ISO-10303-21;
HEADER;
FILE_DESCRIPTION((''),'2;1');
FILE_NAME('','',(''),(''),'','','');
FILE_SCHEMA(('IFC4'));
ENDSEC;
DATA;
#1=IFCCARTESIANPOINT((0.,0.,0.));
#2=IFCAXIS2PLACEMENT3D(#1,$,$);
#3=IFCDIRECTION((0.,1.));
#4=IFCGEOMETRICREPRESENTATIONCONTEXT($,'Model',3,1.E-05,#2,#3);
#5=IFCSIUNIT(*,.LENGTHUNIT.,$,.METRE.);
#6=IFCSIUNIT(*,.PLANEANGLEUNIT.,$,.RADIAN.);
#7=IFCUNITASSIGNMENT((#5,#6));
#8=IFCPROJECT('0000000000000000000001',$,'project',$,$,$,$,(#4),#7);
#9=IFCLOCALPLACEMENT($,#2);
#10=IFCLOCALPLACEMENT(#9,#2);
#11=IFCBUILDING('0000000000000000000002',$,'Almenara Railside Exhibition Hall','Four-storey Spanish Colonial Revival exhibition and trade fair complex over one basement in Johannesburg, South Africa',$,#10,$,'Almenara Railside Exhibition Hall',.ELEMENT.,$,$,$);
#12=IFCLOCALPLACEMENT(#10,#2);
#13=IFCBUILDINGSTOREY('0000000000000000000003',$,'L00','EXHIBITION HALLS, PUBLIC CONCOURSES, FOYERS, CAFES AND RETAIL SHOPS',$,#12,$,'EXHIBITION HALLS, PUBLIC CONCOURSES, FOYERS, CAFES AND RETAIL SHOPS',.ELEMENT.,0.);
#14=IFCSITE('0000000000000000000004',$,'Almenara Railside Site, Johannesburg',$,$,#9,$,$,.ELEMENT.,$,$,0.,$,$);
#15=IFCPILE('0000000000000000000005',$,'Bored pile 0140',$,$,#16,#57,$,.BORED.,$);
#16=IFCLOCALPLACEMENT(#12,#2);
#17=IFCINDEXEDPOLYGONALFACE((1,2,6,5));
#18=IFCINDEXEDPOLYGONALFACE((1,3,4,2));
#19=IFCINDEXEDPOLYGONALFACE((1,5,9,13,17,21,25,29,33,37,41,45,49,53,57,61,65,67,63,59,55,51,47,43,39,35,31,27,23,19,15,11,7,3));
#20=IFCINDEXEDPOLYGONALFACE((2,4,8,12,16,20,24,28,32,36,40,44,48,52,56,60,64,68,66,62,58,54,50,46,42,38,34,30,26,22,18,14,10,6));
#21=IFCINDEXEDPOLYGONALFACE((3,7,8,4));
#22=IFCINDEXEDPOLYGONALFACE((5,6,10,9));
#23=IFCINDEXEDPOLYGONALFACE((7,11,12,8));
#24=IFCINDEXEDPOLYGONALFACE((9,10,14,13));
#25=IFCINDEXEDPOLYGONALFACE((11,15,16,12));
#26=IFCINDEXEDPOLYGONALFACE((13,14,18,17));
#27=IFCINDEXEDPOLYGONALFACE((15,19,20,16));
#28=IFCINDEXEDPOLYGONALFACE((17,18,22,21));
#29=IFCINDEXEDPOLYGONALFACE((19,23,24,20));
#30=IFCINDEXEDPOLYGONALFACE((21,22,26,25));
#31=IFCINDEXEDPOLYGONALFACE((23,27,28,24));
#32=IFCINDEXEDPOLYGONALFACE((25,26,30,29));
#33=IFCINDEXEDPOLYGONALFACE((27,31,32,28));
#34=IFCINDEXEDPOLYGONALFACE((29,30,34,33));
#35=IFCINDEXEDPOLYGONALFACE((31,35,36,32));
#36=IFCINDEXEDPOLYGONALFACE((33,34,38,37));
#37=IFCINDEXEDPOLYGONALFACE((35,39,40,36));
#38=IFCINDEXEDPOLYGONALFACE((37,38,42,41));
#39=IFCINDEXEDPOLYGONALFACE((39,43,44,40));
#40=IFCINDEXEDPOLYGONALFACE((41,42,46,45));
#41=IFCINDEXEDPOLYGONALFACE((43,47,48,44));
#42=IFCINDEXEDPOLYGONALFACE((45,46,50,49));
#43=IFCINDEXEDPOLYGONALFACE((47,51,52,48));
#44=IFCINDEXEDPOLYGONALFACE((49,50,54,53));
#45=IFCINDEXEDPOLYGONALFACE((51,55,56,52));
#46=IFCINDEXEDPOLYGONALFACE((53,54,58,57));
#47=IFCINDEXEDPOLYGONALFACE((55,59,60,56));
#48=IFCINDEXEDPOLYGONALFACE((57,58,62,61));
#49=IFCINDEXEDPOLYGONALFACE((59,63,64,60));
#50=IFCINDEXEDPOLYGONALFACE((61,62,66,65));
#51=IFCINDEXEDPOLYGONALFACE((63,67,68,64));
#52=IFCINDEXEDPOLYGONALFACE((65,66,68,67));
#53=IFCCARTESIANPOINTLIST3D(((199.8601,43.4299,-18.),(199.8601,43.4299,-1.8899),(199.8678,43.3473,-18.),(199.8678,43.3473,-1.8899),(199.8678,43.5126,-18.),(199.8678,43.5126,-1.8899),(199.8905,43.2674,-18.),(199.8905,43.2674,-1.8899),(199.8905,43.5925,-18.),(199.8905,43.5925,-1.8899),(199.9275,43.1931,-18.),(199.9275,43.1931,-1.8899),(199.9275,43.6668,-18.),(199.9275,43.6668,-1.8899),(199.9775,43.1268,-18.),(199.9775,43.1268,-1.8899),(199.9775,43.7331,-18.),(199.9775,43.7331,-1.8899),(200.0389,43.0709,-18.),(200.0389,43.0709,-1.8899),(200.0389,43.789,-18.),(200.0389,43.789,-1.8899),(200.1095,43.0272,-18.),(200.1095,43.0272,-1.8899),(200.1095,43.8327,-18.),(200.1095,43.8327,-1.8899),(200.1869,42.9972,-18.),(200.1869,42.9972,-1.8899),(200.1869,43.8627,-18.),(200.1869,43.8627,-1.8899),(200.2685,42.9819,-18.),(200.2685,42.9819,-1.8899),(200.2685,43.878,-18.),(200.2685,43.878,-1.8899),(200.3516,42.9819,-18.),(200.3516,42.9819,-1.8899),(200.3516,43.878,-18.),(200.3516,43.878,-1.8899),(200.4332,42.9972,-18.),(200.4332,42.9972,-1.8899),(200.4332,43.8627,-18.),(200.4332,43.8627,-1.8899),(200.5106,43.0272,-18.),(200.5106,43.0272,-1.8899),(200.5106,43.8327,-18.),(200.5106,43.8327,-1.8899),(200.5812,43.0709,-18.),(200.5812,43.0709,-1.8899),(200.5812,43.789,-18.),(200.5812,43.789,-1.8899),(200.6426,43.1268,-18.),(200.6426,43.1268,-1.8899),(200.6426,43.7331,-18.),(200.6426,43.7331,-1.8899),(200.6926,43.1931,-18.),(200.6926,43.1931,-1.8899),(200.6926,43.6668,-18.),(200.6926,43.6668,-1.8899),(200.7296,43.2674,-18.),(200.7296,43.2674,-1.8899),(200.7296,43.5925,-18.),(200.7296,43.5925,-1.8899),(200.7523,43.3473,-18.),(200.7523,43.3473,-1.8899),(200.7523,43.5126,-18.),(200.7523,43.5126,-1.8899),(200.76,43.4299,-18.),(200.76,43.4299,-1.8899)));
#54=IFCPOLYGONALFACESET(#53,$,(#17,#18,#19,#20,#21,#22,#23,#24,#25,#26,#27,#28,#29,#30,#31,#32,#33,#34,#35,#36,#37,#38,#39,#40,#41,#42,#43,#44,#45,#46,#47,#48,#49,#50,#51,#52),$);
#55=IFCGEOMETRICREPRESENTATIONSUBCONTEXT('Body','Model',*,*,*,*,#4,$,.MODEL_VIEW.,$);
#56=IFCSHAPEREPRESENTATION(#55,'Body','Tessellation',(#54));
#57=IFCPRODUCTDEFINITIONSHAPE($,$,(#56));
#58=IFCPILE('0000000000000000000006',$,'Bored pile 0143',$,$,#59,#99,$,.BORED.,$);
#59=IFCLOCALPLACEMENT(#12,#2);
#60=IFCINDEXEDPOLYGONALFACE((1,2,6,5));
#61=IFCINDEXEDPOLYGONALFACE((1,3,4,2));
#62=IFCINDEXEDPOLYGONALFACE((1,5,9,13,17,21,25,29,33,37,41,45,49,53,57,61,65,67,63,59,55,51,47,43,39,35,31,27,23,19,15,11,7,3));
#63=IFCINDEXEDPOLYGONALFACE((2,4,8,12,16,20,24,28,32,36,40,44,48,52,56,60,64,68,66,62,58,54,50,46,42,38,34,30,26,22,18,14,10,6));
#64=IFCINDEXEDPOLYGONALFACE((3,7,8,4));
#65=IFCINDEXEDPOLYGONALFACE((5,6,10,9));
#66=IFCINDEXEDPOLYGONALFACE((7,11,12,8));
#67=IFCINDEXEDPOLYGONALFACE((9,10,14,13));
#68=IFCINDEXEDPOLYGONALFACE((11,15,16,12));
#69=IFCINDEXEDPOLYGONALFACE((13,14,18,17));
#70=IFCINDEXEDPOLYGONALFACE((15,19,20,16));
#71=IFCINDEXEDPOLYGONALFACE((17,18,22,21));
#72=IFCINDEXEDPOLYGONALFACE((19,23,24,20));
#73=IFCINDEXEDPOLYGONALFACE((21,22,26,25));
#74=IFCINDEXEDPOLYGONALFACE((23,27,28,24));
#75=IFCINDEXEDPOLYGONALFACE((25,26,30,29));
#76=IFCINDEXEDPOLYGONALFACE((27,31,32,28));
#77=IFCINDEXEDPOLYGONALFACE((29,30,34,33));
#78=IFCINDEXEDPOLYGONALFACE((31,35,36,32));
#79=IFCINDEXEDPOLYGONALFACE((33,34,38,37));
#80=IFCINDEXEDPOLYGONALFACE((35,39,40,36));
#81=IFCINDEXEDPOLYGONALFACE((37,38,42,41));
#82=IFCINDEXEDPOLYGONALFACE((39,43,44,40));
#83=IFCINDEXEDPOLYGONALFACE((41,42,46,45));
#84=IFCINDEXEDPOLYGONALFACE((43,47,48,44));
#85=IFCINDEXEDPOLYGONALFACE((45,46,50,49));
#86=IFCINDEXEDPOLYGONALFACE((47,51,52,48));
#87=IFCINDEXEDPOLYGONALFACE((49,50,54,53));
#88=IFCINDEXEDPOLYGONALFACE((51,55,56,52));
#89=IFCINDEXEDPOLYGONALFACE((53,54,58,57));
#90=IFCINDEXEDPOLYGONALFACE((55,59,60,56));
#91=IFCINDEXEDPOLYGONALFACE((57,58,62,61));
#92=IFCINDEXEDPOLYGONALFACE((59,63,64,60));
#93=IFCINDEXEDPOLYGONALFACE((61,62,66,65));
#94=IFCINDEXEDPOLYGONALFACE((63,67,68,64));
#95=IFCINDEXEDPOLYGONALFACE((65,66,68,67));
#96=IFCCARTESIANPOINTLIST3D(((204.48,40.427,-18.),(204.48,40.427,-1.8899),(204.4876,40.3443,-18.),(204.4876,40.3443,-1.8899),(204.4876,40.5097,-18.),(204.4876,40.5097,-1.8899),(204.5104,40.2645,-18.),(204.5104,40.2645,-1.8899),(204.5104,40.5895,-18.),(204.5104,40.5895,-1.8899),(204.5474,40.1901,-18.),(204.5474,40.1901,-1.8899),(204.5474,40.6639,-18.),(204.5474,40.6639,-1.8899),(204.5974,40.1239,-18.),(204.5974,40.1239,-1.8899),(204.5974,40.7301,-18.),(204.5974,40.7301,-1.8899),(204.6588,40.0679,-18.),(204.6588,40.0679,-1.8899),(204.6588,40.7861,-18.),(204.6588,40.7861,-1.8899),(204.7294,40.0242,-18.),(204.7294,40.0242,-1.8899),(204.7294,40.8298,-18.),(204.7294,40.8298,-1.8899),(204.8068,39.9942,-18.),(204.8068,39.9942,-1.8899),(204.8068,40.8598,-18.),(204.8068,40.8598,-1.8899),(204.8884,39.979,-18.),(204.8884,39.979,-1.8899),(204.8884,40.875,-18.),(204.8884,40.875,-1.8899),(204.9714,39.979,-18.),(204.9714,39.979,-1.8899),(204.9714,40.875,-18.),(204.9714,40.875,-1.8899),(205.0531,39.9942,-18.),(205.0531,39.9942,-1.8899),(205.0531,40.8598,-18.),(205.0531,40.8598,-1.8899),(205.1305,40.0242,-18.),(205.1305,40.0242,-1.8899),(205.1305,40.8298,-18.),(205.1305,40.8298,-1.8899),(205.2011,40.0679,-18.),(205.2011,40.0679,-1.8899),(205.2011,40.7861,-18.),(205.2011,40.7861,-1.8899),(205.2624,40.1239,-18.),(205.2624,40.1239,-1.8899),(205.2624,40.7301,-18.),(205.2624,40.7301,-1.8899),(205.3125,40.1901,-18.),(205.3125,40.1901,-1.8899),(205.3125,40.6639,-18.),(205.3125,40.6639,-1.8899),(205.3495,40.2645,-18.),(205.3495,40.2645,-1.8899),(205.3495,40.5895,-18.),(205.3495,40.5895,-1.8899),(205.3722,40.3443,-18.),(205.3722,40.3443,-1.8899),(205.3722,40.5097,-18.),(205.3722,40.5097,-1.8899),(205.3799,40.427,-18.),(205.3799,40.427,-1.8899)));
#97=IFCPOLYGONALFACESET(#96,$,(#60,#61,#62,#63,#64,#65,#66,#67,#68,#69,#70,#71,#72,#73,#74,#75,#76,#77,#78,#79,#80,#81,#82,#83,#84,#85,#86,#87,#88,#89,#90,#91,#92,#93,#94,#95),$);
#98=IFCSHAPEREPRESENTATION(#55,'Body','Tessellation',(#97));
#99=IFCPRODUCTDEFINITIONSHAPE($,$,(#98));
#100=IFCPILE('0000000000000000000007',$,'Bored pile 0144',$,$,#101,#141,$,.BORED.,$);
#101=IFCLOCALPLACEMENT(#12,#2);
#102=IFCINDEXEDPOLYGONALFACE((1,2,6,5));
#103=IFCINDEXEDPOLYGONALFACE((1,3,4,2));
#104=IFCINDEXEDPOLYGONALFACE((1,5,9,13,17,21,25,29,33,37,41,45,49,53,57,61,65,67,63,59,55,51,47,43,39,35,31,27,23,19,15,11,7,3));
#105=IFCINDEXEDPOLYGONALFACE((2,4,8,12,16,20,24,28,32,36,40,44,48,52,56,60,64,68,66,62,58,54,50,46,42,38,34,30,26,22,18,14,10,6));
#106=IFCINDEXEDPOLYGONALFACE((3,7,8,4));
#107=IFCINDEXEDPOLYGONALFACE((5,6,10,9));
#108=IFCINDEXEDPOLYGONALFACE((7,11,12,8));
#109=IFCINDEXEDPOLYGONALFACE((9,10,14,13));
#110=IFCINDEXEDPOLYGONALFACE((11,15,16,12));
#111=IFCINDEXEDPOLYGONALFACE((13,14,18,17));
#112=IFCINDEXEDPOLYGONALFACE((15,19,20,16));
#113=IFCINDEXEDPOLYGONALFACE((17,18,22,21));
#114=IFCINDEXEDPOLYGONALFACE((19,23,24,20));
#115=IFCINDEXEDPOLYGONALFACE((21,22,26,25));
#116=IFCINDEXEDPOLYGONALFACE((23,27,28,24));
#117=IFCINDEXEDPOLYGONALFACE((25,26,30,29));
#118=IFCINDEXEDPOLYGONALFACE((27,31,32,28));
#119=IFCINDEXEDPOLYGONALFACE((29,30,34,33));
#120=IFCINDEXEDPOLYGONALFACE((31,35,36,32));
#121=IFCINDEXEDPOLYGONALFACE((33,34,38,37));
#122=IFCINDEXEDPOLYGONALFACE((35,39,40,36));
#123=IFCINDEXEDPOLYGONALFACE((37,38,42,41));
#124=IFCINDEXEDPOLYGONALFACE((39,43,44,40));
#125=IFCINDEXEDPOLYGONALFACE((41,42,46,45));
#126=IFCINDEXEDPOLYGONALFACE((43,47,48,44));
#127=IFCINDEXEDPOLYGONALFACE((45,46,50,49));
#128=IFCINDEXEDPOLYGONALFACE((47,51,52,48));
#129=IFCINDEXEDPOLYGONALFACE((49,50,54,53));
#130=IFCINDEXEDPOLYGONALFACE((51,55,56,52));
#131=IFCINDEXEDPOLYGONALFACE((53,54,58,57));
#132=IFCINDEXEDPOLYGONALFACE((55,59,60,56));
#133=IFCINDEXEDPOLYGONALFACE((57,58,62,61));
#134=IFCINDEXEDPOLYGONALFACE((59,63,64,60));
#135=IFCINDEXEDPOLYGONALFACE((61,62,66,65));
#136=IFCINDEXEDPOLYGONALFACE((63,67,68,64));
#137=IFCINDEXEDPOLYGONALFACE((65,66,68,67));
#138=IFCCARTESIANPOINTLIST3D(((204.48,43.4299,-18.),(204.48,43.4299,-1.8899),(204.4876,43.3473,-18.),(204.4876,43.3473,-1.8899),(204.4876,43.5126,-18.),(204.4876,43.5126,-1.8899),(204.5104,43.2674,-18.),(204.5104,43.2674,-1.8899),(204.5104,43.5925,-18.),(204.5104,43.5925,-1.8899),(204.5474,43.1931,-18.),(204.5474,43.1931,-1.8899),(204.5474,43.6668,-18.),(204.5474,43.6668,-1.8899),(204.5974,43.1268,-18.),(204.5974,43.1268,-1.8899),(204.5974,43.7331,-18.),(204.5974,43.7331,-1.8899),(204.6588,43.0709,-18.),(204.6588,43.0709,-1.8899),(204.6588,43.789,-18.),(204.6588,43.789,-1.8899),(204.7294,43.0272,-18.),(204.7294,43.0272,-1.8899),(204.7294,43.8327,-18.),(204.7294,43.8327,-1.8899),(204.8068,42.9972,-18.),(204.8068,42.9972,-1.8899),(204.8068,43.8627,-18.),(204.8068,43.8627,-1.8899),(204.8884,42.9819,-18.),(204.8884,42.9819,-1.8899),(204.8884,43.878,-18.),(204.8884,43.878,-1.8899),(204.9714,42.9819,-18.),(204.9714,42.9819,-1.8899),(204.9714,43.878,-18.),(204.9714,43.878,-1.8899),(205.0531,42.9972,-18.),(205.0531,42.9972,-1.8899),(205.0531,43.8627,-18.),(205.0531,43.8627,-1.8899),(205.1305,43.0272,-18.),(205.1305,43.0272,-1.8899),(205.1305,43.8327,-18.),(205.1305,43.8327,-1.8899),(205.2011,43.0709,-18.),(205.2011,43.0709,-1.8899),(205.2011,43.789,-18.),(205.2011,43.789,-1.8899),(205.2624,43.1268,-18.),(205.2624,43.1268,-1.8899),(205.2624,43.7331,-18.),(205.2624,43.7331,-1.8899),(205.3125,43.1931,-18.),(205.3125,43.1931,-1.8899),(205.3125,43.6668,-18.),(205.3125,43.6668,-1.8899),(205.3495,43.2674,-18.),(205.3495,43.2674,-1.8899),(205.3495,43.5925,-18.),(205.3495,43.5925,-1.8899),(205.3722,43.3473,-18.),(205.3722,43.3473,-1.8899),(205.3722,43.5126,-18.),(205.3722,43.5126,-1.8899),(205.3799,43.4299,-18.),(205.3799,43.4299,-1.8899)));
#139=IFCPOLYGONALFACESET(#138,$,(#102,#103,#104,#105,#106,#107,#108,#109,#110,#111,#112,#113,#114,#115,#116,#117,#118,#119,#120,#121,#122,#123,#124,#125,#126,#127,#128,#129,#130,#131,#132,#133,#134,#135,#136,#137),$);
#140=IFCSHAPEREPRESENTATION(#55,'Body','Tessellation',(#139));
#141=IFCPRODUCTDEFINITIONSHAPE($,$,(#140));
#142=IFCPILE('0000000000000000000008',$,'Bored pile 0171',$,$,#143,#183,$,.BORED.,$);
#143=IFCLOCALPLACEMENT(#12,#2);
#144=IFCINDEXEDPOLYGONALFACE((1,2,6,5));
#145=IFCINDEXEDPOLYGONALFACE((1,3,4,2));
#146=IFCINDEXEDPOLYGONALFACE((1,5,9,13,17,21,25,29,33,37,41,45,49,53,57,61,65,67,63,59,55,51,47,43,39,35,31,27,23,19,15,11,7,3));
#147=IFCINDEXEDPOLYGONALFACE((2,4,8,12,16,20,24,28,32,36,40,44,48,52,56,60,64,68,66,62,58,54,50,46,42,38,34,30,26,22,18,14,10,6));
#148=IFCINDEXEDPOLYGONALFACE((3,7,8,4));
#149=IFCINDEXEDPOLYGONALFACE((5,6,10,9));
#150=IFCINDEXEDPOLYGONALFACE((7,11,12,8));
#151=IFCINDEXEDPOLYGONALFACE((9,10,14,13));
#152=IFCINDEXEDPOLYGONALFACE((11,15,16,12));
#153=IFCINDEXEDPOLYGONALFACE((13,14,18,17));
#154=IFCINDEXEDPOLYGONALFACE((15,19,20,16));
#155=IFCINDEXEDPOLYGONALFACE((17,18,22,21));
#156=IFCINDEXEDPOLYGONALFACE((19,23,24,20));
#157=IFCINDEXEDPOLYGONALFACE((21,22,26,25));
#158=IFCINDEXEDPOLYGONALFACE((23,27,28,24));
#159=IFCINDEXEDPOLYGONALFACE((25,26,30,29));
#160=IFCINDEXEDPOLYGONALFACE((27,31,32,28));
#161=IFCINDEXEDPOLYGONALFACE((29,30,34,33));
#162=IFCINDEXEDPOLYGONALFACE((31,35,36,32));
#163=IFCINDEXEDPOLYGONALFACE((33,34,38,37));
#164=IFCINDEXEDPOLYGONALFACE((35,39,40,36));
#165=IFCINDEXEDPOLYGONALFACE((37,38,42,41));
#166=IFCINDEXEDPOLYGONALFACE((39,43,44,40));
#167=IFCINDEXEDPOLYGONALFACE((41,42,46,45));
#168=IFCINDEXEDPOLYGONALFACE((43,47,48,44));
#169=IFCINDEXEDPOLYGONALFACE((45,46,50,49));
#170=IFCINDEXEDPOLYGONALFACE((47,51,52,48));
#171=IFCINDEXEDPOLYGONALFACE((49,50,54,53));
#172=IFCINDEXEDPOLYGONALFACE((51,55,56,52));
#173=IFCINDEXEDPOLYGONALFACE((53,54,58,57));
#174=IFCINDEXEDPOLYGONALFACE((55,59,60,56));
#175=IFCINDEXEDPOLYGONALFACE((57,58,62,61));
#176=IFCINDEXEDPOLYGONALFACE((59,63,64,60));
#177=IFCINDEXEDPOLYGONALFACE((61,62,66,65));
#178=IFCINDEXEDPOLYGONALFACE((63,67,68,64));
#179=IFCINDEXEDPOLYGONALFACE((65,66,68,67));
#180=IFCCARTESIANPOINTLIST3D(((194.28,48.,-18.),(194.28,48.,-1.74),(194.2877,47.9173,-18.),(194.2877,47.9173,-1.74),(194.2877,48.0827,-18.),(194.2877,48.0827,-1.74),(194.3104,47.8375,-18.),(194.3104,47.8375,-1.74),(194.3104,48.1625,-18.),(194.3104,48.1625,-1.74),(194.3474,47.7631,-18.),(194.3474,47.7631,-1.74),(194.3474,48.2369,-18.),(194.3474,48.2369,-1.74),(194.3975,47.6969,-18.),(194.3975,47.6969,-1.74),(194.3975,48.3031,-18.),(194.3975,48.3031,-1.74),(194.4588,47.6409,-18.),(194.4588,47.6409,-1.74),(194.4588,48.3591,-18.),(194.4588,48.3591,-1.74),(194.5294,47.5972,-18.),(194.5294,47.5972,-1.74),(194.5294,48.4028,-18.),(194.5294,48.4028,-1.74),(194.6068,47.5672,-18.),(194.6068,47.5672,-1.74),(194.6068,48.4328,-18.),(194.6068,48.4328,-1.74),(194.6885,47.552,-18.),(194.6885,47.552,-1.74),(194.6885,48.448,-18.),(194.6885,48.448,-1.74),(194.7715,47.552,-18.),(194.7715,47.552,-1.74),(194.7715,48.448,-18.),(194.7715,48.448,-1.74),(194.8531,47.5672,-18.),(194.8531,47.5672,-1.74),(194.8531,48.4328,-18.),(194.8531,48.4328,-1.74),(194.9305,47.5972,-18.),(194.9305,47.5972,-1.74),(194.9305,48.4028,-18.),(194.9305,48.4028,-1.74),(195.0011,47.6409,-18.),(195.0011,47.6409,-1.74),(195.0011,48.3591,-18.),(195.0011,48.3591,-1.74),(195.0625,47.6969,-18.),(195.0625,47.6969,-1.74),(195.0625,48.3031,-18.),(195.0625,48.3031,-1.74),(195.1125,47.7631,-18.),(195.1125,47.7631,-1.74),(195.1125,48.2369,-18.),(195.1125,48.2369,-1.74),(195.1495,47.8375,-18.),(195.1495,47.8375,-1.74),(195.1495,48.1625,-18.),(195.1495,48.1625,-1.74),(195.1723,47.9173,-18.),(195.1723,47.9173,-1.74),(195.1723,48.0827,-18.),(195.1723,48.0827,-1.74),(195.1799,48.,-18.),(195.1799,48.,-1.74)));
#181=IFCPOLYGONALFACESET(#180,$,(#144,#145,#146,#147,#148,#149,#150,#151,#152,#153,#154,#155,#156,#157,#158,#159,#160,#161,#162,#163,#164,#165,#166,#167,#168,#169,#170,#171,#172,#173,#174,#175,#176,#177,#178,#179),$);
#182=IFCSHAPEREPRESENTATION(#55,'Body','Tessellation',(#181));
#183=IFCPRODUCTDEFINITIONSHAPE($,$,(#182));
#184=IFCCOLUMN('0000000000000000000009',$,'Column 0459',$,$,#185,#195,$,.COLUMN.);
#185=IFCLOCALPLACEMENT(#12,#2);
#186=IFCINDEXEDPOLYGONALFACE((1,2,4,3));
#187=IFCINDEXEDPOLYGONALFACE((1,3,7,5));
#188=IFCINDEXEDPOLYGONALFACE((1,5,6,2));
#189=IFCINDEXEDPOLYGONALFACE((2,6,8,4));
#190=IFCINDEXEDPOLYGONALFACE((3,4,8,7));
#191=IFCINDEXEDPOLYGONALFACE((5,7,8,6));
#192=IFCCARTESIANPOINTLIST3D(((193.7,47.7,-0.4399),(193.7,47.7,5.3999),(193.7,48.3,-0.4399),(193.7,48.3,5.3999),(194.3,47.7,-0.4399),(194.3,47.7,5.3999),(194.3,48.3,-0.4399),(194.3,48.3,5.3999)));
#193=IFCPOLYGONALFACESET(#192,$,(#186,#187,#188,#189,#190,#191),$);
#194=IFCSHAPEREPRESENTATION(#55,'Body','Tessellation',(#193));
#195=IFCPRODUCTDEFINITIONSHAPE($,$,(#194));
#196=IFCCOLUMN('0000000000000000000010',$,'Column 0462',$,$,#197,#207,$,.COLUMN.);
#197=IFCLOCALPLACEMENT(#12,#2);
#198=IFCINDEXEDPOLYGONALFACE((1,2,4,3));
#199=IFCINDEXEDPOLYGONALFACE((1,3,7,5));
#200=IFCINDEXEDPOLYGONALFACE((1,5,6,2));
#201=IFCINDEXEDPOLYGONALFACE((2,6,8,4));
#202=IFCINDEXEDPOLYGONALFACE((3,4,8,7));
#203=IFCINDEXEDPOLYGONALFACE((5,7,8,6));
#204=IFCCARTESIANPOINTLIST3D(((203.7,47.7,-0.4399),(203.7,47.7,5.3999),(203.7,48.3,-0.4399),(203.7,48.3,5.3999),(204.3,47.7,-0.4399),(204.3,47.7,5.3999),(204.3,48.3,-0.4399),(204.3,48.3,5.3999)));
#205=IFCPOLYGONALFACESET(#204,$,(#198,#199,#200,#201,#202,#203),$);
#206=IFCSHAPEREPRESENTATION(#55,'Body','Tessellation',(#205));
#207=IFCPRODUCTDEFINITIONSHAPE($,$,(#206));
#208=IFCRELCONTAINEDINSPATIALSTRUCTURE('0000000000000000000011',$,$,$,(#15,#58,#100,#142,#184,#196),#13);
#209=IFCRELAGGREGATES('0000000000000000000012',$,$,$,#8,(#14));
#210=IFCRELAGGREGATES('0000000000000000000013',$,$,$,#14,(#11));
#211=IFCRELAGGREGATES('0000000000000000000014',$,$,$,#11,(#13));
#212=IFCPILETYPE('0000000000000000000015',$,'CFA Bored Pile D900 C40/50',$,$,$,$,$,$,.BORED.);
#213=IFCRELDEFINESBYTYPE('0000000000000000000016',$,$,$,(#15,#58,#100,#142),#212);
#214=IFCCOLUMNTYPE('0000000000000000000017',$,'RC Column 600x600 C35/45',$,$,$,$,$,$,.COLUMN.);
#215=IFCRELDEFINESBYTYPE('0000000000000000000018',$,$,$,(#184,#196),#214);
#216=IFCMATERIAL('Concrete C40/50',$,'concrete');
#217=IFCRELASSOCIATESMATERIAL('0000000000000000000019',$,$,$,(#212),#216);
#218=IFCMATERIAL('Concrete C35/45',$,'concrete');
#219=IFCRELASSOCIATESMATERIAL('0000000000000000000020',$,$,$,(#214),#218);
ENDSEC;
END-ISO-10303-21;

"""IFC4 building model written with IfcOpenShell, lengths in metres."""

from ifc_helpers import new_model, si_unit, direction, frame, origin, origin_2d, place, context, subcontext, project, spatial, rectangle, circle, extrude, material, material_profile, profile_set, type_object, element, save


model = new_model("IFC4")

# Units and contexts
model_context = context("Model", 3, precision=1e-05, world=origin(), true_north=direction((0.0, 1.0)))
body_context = subcontext(model_context, "Body", "Model", "MODEL_VIEW")
ifc_project = project(units=[si_unit("LENGTHUNIT", "METRE"), si_unit("PLANEANGLEUNIT", "RADIAN")], contexts=[model_context])

# Site, building, storey
site_placement = place(None, origin())
site = spatial("IfcSite", under=ifc_project, at=site_placement, Name="Almenara Railside Site, Johannesburg", CompositionType="ELEMENT", RefElevation=0.0)
building_placement = place(site_placement, origin())
building = spatial("IfcBuilding", under=site, at=building_placement, Name="Almenara Railside Exhibition Hall", Description="Four-storey Spanish Colonial Revival exhibition and trade fair complex over one basement in Johannesburg, South Africa", LongName="Almenara Railside Exhibition Hall", CompositionType="ELEMENT")
storey_placement = place(building_placement, origin())
storey = spatial("IfcBuildingStorey", under=building, at=storey_placement, Name="L00", Description="EXHIBITION HALLS, PUBLIC CONCOURSES, FOYERS, CAFES AND RETAIL SHOPS", LongName="EXHIBITION HALLS, PUBLIC CONCOURSES, FOYERS, CAFES AND RETAIL SHOPS", CompositionType="ELEMENT", Elevation=0.0)

# Piles
ifc_material_1 = material(Name="Concrete C40/50", Category="concrete")
ifc_material_profile_1 = material_profile(ifc_material_1, circle(Radius=0.45, at=origin_2d()), Name="CFA-PILE D900")
ifc_profile_set_1 = profile_set([ifc_material_profile_1], Name="Concrete C40/50")
pile_type_1 = type_object("IfcPileType", Name="CFA Bored Pile D900 C40/50", PredefinedType="BORED", material=ifc_profile_set_1)
for number, where, z_axis, x_axis, name in (
    (1, (200.3101, 43.4299, -1.8899), (0.0, 0.0, -1.0), (1.0, 0.0, 0.0), "Bored pile 0140"),
    (2, (204.9299, 40.427, -1.8899), (0.0, 0.0, -1.0), (1.0, 0.0, 0.0), "Bored pile 0143"),
    (3, (204.9299, 43.4299, -1.8899), (0.0, 0.0, -1.0), (1.0, 0.0, 0.0), "Bored pile 0144"),
):
    element("IfcPile", number, at=place(storey_placement, frame(where, z_axis=z_axis, x_axis=x_axis)), inside=storey, type_object=pile_type_1, Name=name, PredefinedType="BORED", context=body_context, shape_type="SweptSolid", body=[
        extrude(circle(Radius=0.45, at=origin_2d()), origin(), (0.0, 0.0, 1.0), 16.1101),
    ])
pile_1_placement = place(storey_placement, frame((194.73, 48.0, -1.74), z_axis=(0.0, 0.0, -1.0), x_axis=(1.0, 0.0, 0.0)))
element("IfcPile", 4, at=pile_1_placement, inside=storey, type_object=pile_type_1, Name="Bored pile 0171", PredefinedType="BORED", context=body_context, shape_type="SweptSolid", body=[
    extrude(circle(Radius=0.45, at=origin_2d()), origin(), (0.0, 0.0, 1.0), 16.26),
])

# Columns
ifc_material_2 = material(Name="Concrete C35/45", Category="concrete")
ifc_material_profile_2 = material_profile(ifc_material_2, rectangle(XDim=0.6001, YDim=0.6001, at=origin_2d()), Name="RC 600x600")
ifc_profile_set_2 = profile_set([ifc_material_profile_2], Name="Concrete C35/45")
column_type = type_object("IfcColumnType", Name="RC Column 600x600 C35/45", PredefinedType="COLUMN", material=ifc_profile_set_2)
for number, where, z_axis, x_axis, name in (
    (5, (194.0, 48.0, -0.4399), (0.0, 0.0, 1.0), (1.0, 0.0, 0.0), "Column 0459"),
    (6, (204.0, 48.0, -0.4399), (0.0, 0.0, 1.0), (1.0, 0.0, 0.0), "Column 0462"),
):
    element("IfcColumn", number, at=place(storey_placement, frame(where, z_axis=z_axis, x_axis=x_axis)), inside=storey, type_object=column_type, Name=name, PredefinedType="COLUMN", context=body_context, shape_type="SweptSolid", body=[
        extrude(rectangle(XDim=0.6001, YDim=0.6001, at=origin_2d()), origin(), (0.0, 0.0, 1.0), 5.8398),
    ])

save(model, "model.ifc")
